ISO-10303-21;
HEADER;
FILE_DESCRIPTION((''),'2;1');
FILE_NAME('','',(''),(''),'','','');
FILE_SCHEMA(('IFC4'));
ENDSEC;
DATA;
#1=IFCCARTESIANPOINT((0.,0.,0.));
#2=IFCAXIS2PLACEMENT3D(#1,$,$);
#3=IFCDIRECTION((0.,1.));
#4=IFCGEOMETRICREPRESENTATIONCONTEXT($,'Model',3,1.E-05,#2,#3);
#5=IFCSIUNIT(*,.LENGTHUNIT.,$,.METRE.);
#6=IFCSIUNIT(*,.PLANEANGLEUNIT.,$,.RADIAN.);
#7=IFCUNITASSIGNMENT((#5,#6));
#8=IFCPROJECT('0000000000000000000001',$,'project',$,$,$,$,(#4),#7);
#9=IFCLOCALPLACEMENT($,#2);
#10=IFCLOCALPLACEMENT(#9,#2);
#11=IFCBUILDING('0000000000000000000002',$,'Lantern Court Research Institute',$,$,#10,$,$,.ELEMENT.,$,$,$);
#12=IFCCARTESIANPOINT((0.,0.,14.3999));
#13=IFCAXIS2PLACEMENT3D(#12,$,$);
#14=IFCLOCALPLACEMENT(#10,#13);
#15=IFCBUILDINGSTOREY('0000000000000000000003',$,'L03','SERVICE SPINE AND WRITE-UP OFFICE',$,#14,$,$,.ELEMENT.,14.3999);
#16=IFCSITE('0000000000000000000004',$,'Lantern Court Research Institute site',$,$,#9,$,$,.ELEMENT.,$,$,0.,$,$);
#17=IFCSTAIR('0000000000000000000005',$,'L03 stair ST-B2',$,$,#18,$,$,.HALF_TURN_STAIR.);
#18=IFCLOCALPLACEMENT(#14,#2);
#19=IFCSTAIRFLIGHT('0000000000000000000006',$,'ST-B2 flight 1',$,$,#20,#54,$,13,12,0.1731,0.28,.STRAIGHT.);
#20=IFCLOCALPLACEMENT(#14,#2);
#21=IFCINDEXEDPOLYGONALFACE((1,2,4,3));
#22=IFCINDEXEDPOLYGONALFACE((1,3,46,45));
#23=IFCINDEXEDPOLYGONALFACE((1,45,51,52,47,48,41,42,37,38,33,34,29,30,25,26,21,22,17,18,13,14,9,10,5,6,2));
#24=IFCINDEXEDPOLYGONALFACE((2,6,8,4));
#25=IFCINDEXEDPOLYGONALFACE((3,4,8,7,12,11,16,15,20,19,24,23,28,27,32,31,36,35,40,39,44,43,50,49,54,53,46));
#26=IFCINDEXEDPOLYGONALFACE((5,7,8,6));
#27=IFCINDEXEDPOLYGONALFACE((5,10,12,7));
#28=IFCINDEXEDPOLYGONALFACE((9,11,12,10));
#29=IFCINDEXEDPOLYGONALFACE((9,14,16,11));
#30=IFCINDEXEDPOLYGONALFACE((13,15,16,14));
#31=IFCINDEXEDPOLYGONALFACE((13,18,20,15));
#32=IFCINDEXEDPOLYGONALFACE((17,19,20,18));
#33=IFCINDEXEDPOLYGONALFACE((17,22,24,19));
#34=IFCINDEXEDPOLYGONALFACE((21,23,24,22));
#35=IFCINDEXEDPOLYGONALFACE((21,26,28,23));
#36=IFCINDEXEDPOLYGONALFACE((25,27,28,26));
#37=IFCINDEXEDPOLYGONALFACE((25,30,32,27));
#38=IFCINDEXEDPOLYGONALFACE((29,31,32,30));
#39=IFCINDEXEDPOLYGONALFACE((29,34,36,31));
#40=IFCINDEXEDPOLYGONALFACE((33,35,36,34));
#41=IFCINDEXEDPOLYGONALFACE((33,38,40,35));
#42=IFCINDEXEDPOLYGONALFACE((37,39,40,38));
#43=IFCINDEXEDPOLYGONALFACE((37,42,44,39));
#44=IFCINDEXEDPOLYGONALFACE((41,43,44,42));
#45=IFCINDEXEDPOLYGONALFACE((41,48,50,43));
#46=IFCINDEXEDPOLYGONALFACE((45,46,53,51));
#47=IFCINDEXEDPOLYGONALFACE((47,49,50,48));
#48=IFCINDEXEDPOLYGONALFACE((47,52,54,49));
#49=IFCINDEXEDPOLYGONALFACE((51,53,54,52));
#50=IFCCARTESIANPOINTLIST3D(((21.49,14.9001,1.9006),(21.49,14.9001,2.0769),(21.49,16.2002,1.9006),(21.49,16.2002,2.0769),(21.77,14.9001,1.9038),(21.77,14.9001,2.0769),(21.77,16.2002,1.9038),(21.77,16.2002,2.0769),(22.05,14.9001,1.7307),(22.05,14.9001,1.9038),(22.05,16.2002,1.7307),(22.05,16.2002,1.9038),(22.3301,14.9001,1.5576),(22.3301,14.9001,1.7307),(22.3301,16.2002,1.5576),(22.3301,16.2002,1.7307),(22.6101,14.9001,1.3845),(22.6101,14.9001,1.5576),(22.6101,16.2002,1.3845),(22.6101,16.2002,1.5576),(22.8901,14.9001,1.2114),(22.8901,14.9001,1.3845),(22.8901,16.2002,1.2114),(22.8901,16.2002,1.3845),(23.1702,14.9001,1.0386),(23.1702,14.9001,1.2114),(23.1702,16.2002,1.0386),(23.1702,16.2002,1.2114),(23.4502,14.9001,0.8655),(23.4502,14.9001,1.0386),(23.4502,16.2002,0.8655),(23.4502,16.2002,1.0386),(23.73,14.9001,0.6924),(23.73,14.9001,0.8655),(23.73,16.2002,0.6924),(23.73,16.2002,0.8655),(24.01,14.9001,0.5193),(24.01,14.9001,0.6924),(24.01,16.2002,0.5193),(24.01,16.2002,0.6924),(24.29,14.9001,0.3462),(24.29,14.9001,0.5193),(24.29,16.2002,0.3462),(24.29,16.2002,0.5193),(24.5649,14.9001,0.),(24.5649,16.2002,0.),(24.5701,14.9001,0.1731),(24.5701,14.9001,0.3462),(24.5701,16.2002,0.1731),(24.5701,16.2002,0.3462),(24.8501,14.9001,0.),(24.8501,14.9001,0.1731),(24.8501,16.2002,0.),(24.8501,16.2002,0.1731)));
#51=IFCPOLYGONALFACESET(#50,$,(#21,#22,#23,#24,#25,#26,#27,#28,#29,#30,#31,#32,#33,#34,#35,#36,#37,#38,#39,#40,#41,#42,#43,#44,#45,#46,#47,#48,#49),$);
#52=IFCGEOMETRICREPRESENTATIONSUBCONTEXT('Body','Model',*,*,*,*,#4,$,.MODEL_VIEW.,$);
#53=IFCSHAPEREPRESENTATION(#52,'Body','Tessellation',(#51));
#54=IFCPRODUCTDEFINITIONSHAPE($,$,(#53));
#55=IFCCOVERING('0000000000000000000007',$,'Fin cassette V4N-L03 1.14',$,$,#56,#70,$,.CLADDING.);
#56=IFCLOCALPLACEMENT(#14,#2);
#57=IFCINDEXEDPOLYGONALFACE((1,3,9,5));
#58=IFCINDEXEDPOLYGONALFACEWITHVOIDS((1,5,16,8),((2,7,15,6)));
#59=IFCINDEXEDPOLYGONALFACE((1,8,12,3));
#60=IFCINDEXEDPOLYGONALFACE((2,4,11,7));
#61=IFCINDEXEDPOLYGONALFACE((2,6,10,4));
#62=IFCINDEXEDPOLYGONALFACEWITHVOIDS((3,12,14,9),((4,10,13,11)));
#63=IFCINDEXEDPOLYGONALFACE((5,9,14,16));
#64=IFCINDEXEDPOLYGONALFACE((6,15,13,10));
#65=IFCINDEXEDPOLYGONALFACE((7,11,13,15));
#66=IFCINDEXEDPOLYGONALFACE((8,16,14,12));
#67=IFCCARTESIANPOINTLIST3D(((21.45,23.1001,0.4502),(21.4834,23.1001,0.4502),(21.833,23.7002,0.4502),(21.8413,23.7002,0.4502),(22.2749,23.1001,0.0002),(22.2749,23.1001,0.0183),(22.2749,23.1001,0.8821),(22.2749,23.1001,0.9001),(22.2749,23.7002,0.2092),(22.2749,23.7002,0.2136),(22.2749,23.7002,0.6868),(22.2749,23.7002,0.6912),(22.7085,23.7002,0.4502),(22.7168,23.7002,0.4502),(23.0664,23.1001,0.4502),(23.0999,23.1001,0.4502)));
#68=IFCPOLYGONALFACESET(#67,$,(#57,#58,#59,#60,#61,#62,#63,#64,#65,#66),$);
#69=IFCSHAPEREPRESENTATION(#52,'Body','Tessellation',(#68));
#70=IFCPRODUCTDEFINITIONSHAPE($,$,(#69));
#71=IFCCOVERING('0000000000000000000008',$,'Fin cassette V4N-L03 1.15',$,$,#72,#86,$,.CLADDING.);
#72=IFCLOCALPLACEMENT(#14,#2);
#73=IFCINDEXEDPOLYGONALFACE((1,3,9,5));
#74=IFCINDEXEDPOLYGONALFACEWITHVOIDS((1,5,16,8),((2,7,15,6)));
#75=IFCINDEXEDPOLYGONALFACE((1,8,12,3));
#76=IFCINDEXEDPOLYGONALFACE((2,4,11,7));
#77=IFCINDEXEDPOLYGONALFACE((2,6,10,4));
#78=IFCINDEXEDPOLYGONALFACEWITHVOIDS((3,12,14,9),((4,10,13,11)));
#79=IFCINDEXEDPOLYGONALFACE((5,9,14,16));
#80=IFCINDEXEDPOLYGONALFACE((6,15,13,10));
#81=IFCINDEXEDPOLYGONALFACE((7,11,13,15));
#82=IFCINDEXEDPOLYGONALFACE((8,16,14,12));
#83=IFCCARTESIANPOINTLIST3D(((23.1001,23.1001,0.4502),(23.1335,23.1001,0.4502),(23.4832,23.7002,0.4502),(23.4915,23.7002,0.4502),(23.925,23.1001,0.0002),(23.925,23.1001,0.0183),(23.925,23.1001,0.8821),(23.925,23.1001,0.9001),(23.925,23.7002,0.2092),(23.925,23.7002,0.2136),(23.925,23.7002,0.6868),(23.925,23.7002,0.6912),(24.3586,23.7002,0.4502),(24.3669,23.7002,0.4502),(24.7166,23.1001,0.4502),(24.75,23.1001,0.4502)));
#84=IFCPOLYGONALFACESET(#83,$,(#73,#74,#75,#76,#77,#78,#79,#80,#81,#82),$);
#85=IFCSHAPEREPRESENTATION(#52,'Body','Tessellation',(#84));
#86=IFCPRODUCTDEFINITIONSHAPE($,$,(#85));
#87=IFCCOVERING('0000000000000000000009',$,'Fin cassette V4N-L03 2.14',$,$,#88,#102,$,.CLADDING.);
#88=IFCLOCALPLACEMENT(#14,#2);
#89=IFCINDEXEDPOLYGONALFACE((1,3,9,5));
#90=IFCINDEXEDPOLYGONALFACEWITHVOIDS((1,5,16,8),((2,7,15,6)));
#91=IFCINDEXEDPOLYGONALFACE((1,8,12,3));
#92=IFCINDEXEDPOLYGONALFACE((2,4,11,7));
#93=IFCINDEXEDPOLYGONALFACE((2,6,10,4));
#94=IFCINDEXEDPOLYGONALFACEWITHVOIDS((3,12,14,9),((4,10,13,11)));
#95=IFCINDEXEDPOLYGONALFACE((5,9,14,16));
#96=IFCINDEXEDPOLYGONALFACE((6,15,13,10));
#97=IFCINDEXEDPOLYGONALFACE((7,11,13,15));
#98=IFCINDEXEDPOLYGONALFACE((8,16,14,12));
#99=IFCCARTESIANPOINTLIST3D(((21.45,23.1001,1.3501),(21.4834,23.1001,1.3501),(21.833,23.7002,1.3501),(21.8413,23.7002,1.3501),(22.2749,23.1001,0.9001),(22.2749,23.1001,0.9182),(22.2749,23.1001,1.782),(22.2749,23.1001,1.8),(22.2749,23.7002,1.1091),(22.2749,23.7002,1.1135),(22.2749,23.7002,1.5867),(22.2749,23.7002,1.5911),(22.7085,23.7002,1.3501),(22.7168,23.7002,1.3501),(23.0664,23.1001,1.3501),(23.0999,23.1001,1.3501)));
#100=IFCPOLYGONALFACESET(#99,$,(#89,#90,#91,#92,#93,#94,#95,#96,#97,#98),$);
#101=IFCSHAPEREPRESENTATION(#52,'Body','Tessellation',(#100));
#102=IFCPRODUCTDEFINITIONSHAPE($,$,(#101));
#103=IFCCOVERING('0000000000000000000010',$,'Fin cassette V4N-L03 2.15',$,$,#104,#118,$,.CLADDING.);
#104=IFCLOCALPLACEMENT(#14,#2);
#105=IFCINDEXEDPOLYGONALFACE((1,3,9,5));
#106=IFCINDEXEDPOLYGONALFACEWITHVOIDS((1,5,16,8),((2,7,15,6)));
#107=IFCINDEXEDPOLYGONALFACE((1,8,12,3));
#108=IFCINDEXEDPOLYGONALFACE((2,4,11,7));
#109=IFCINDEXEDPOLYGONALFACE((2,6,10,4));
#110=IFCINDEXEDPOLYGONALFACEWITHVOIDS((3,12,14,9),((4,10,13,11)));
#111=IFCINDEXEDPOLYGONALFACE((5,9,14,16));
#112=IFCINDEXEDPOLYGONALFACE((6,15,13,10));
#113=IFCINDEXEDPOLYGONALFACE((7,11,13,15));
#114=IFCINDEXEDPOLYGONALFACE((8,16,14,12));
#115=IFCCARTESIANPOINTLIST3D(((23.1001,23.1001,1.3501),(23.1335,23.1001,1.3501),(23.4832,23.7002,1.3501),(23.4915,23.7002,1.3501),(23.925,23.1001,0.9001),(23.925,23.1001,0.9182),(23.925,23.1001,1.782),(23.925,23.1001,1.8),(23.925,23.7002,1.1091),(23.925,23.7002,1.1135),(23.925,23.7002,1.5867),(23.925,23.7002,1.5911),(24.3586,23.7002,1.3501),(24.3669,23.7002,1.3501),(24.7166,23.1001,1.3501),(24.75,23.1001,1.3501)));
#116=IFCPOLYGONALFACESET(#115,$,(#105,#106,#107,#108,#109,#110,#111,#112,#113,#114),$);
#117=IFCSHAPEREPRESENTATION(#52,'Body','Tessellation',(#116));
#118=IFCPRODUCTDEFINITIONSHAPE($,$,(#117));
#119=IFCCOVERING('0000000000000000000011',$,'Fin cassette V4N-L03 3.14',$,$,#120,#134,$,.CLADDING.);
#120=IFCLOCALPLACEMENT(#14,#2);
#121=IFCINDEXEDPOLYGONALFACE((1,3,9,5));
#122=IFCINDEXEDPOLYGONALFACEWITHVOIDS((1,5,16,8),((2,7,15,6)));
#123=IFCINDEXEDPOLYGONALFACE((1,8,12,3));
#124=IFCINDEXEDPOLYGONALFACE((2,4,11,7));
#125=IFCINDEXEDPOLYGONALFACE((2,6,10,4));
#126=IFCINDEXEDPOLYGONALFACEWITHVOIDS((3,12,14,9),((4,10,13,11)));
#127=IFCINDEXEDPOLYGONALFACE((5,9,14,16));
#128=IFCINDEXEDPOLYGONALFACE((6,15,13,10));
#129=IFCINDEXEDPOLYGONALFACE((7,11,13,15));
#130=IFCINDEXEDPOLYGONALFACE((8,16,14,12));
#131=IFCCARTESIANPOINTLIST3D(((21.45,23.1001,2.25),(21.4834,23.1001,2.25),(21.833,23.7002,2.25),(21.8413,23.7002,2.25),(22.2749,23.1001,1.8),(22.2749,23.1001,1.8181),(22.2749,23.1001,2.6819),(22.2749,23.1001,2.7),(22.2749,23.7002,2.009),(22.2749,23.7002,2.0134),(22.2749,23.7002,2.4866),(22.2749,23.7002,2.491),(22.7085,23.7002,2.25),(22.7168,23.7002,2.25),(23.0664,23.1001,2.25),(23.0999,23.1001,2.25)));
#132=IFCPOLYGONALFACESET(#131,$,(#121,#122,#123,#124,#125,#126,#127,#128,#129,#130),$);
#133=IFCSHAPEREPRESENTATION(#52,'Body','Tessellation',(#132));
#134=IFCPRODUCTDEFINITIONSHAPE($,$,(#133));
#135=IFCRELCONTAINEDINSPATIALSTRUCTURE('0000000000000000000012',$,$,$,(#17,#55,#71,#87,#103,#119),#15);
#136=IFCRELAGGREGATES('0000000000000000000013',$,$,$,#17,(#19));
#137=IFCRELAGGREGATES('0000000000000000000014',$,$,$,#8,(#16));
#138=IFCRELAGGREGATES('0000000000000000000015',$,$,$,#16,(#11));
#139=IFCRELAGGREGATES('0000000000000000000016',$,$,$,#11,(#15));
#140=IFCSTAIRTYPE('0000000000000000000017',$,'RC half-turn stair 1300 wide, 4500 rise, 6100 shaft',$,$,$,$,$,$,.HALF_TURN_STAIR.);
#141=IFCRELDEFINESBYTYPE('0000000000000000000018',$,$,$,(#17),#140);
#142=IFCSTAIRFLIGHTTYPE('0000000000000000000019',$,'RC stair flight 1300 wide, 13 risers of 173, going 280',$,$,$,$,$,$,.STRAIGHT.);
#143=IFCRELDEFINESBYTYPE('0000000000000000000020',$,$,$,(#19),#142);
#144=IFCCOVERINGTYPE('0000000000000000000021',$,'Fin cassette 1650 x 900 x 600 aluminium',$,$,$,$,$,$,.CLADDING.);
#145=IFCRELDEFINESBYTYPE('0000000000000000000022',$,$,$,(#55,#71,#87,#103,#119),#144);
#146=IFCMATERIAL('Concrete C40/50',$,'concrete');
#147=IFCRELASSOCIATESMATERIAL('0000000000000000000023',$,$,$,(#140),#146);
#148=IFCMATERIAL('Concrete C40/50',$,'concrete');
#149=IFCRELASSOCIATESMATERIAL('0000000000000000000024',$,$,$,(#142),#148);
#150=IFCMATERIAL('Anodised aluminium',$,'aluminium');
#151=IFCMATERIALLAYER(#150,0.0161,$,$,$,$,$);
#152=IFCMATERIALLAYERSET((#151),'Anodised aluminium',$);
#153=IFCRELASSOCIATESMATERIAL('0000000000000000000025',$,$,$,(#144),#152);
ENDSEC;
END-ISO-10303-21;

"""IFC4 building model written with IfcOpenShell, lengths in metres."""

from ifc_helpers import new_model, entity, si_unit, direction, frame, origin, place, context, subcontext, project, spatial, polyline, outline, extrude, material, layer, layer_set, type_object, element, aggregate, save


model = new_model("IFC4")

# Units and contexts
model_context = context("Model", 3, precision=1e-05, world=origin(), true_north=direction((0.0, 1.0)))
body_context = subcontext(model_context, "Body", "Model", "MODEL_VIEW")
ifc_project = project(units=[si_unit("LENGTHUNIT", "METRE"), si_unit("PLANEANGLEUNIT", "RADIAN")], contexts=[model_context])

# Site, building, storey
site_placement = place(None, origin())
site = spatial("IfcSite", under=ifc_project, at=site_placement, Name="Lantern Court Research Institute site", CompositionType="ELEMENT", RefElevation=0.0)
building_placement = place(site_placement, origin())
building = spatial("IfcBuilding", under=site, at=building_placement, Name="Lantern Court Research Institute", CompositionType="ELEMENT")
storey_placement = place(building_placement, frame((0.0, 0.0, 14.3999)))
storey = spatial("IfcBuildingStorey", under=building, at=storey_placement, Name="L03", Description="SERVICE SPINE AND WRITE-UP OFFICE", CompositionType="ELEMENT", Elevation=14.3999)

# Stair, stair flight
ifc_material_1 = material(Name="Concrete C40/50", Category="concrete")
stair_type = type_object("IfcStairType", Name="RC half-turn stair 1300 wide, 4500 rise, 6100 shaft", PredefinedType="HALF_TURN_STAIR", material=ifc_material_1)
stair_placement = place(storey_placement, origin())
stair = element("IfcStair", 1, at=stair_placement, inside=storey, type_object=stair_type, Name="L03 stair ST-B2", PredefinedType="HALF_TURN_STAIR")
ifc_material_2 = material(Name="Concrete C40/50", Category="concrete")
stair_flight_type = type_object("IfcStairFlightType", Name="RC stair flight 1300 wide, 13 risers of 173, going 280", PredefinedType="STRAIGHT", material=ifc_material_2)
stair_flight_placement = place(storey_placement, frame((24.8501, 15.55, 0.0), z_axis=(0.0, 0.0, 1.0), x_axis=(-1.0, 0.0, 0.0)))
stair_flight = element("IfcStairFlight", 2, at=stair_flight_placement, type_object=stair_flight_type, Name="ST-B2 flight 1", NumberOfRisers=13, NumberOfTreads=12, PredefinedType="STRAIGHT", RiserHeight=0.1731, TreadLength=0.28, context=body_context, shape_type="SweptSolid", body=[
    extrude(outline(polyline([(0.0, 0.0), (0.0, 0.1731), (0.28, 0.1731), (0.28, 0.3462), (0.5601, 0.3462), (0.5601, 0.5193), (0.8401, 0.5193), (0.8401, 0.6924), (1.1201, 0.6924), (1.1201, 0.8655), (1.3999, 0.8655), (1.3999, 1.0386), (1.6799, 1.0386), (1.6799, 1.2114), (1.96, 1.2114), (1.96, 1.3845), (2.24, 1.3845), (2.24, 1.5576), (2.52, 1.5576), (2.52, 1.7307), (2.8, 1.7307), (2.8, 1.9038), (3.0801, 1.9038), (3.0801, 2.0769), (3.3601, 2.0769), (3.3601, 2.25), (3.3601, 1.9006), (0.2852, 0.0), (0.0, 0.0)])), frame((0.0, 0.6499, 0.0), z_axis=(0.0, -1.0, 0.0), x_axis=(1.0, 0.0, 0.0)), (0.0, 0.0, 1.0), 1.3),
])
aggregate(stair, [stair_flight])

# Coverings
ifc_material_3 = material(Name="Anodised aluminium", Category="aluminium")
ifc_layer_1 = layer(ifc_material_3, 0.0161)
ifc_layer_set_1 = layer_set([ifc_layer_1], Name="Anodised aluminium")
covering_type = type_object("IfcCoveringType", Name="Fin cassette 1650 x 900 x 600 aluminium", PredefinedType="CLADDING", material=ifc_layer_set_1)
covering_1_placement = place(storey_placement, frame((22.2749, 23.1001, 0.4502), z_axis=(0.0, 1.0, 0.0), x_axis=(-1.0, 0.0, 0.0)))
cartesian_point_1 = entity("IfcCartesianPoint", [0.825, 0.0])
cartesian_point_2 = entity("IfcCartesianPoint", [0.7915, 0.0])
cartesian_point_3 = entity("IfcCartesianPoint", [0.4419, 0.0])
cartesian_point_4 = entity("IfcCartesianPoint", [0.4336, 0.0])
element("IfcCovering", 3, at=covering_1_placement, inside=storey, type_object=covering_type, Name="Fin cassette V4N-L03 1.14", PredefinedType="CLADDING", context=body_context, shape_type="SweptSolid", body=[
    entity("IfcExtrudedAreaSolidTapered", entity("IfcArbitraryProfileDefWithVoids", "AREA", None, entity("IfcPolyline", [cartesian_point_1, entity("IfcCartesianPoint", [0.0, 0.45]), entity("IfcCartesianPoint", [-0.825, 0.0]), entity("IfcCartesianPoint", [0.0, -0.45]), cartesian_point_1]), [entity("IfcPolyline", [cartesian_point_2, entity("IfcCartesianPoint", [0.0, 0.4319]), entity("IfcCartesianPoint", [-0.7915, 0.0]), entity("IfcCartesianPoint", [0.0, -0.4319]), cartesian_point_2])]), entity("IfcAxis2Placement3D", entity("IfcCartesianPoint", [0.0, 0.0, 0.0])), entity("IfcDirection", [0.0, 0.0, 1.0]), 0.6001, entity("IfcArbitraryProfileDefWithVoids", "AREA", None, entity("IfcPolyline", [cartesian_point_3, entity("IfcCartesianPoint", [0.0, 0.241]), entity("IfcCartesianPoint", [-0.4419, 0.0]), entity("IfcCartesianPoint", [0.0, -0.241]), cartesian_point_3]), [entity("IfcPolyline", [cartesian_point_4, entity("IfcCartesianPoint", [0.0, 0.2366]), entity("IfcCartesianPoint", [-0.4336, 0.0]), entity("IfcCartesianPoint", [0.0, -0.2366]), cartesian_point_4])])),
])
covering_2_placement = place(storey_placement, frame((23.925, 23.1001, 0.4502), z_axis=(0.0, 1.0, 0.0), x_axis=(-1.0, 0.0, 0.0)))
cartesian_point_5 = entity("IfcCartesianPoint", [0.825, 0.0])
cartesian_point_6 = entity("IfcCartesianPoint", [0.7915, 0.0])
cartesian_point_7 = entity("IfcCartesianPoint", [0.4419, 0.0])
cartesian_point_8 = entity("IfcCartesianPoint", [0.4336, 0.0])
element("IfcCovering", 4, at=covering_2_placement, inside=storey, type_object=covering_type, Name="Fin cassette V4N-L03 1.15", PredefinedType="CLADDING", context=body_context, shape_type="SweptSolid", body=[
    entity("IfcExtrudedAreaSolidTapered", entity("IfcArbitraryProfileDefWithVoids", "AREA", None, entity("IfcPolyline", [cartesian_point_5, entity("IfcCartesianPoint", [0.0, 0.45]), entity("IfcCartesianPoint", [-0.825, 0.0]), entity("IfcCartesianPoint", [0.0, -0.45]), cartesian_point_5]), [entity("IfcPolyline", [cartesian_point_6, entity("IfcCartesianPoint", [0.0, 0.4319]), entity("IfcCartesianPoint", [-0.7915, 0.0]), entity("IfcCartesianPoint", [0.0, -0.4319]), cartesian_point_6])]), entity("IfcAxis2Placement3D", entity("IfcCartesianPoint", [0.0, 0.0, 0.0])), entity("IfcDirection", [0.0, 0.0, 1.0]), 0.6001, entity("IfcArbitraryProfileDefWithVoids", "AREA", None, entity("IfcPolyline", [cartesian_point_7, entity("IfcCartesianPoint", [0.0, 0.241]), entity("IfcCartesianPoint", [-0.4419, 0.0]), entity("IfcCartesianPoint", [0.0, -0.241]), cartesian_point_7]), [entity("IfcPolyline", [cartesian_point_8, entity("IfcCartesianPoint", [0.0, 0.2366]), entity("IfcCartesianPoint", [-0.4336, 0.0]), entity("IfcCartesianPoint", [0.0, -0.2366]), cartesian_point_8])])),
])
covering_3_placement = place(storey_placement, frame((22.2749, 23.1001, 1.3501), z_axis=(0.0, 1.0, 0.0), x_axis=(-1.0, 0.0, 0.0)))
cartesian_point_9 = entity("IfcCartesianPoint", [0.825, 0.0])
cartesian_point_10 = entity("IfcCartesianPoint", [0.7915, 0.0])
cartesian_point_11 = entity("IfcCartesianPoint", [0.4419, 0.0])
cartesian_point_12 = entity("IfcCartesianPoint", [0.4336, 0.0])
element("IfcCovering", 5, at=covering_3_placement, inside=storey, type_object=covering_type, Name="Fin cassette V4N-L03 2.14", PredefinedType="CLADDING", context=body_context, shape_type="SweptSolid", body=[
    entity("IfcExtrudedAreaSolidTapered", entity("IfcArbitraryProfileDefWithVoids", "AREA", None, entity("IfcPolyline", [cartesian_point_9, entity("IfcCartesianPoint", [0.0, 0.45]), entity("IfcCartesianPoint", [-0.825, 0.0]), entity("IfcCartesianPoint", [0.0, -0.45]), cartesian_point_9]), [entity("IfcPolyline", [cartesian_point_10, entity("IfcCartesianPoint", [0.0, 0.4319]), entity("IfcCartesianPoint", [-0.7915, 0.0]), entity("IfcCartesianPoint", [0.0, -0.4319]), cartesian_point_10])]), entity("IfcAxis2Placement3D", entity("IfcCartesianPoint", [0.0, 0.0, 0.0])), entity("IfcDirection", [0.0, 0.0, 1.0]), 0.6001, entity("IfcArbitraryProfileDefWithVoids", "AREA", None, entity("IfcPolyline", [cartesian_point_11, entity("IfcCartesianPoint", [0.0, 0.241]), entity("IfcCartesianPoint", [-0.4419, 0.0]), entity("IfcCartesianPoint", [0.0, -0.241]), cartesian_point_11]), [entity("IfcPolyline", [cartesian_point_12, entity("IfcCartesianPoint", [0.0, 0.2366]), entity("IfcCartesianPoint", [-0.4336, 0.0]), entity("IfcCartesianPoint", [0.0, -0.2366]), cartesian_point_12])])),
])
covering_4_placement = place(storey_placement, frame((23.925, 23.1001, 1.3501), z_axis=(0.0, 1.0, 0.0), x_axis=(-1.0, 0.0, 0.0)))
cartesian_point_13 = entity("IfcCartesianPoint", [0.825, 0.0])
cartesian_point_14 = entity("IfcCartesianPoint", [0.7915, 0.0])
cartesian_point_15 = entity("IfcCartesianPoint", [0.4419, 0.0])
cartesian_point_16 = entity("IfcCartesianPoint", [0.4336, 0.0])
element("IfcCovering", 6, at=covering_4_placement, inside=storey, type_object=covering_type, Name="Fin cassette V4N-L03 2.15", PredefinedType="CLADDING", context=body_context, shape_type="SweptSolid", body=[
    entity("IfcExtrudedAreaSolidTapered", entity("IfcArbitraryProfileDefWithVoids", "AREA", None, entity("IfcPolyline", [cartesian_point_13, entity("IfcCartesianPoint", [0.0, 0.45]), entity("IfcCartesianPoint", [-0.825, 0.0]), entity("IfcCartesianPoint", [0.0, -0.45]), cartesian_point_13]), [entity("IfcPolyline", [cartesian_point_14, entity("IfcCartesianPoint", [0.0, 0.4319]), entity("IfcCartesianPoint", [-0.7915, 0.0]), entity("IfcCartesianPoint", [0.0, -0.4319]), cartesian_point_14])]), entity("IfcAxis2Placement3D", entity("IfcCartesianPoint", [0.0, 0.0, 0.0])), entity("IfcDirection", [0.0, 0.0, 1.0]), 0.6001, entity("IfcArbitraryProfileDefWithVoids", "AREA", None, entity("IfcPolyline", [cartesian_point_15, entity("IfcCartesianPoint", [0.0, 0.241]), entity("IfcCartesianPoint", [-0.4419, 0.0]), entity("IfcCartesianPoint", [0.0, -0.241]), cartesian_point_15]), [entity("IfcPolyline", [cartesian_point_16, entity("IfcCartesianPoint", [0.0, 0.2366]), entity("IfcCartesianPoint", [-0.4336, 0.0]), entity("IfcCartesianPoint", [0.0, -0.2366]), cartesian_point_16])])),
])
covering_5_placement = place(storey_placement, frame((22.2749, 23.1001, 2.25), z_axis=(0.0, 1.0, 0.0), x_axis=(-1.0, 0.0, 0.0)))
cartesian_point_17 = entity("IfcCartesianPoint", [0.825, 0.0])
cartesian_point_18 = entity("IfcCartesianPoint", [0.7915, 0.0])
cartesian_point_19 = entity("IfcCartesianPoint", [0.4419, 0.0])
cartesian_point_20 = entity("IfcCartesianPoint", [0.4336, 0.0])
element("IfcCovering", 7, at=covering_5_placement, inside=storey, type_object=covering_type, Name="Fin cassette V4N-L03 3.14", PredefinedType="CLADDING", context=body_context, shape_type="SweptSolid", body=[
    entity("IfcExtrudedAreaSolidTapered", entity("IfcArbitraryProfileDefWithVoids", "AREA", None, entity("IfcPolyline", [cartesian_point_17, entity("IfcCartesianPoint", [0.0, 0.45]), entity("IfcCartesianPoint", [-0.825, 0.0]), entity("IfcCartesianPoint", [0.0, -0.45]), cartesian_point_17]), [entity("IfcPolyline", [cartesian_point_18, entity("IfcCartesianPoint", [0.0, 0.4319]), entity("IfcCartesianPoint", [-0.7915, 0.0]), entity("IfcCartesianPoint", [0.0, -0.4319]), cartesian_point_18])]), entity("IfcAxis2Placement3D", entity("IfcCartesianPoint", [0.0, 0.0, 0.0])), entity("IfcDirection", [0.0, 0.0, 1.0]), 0.6001, entity("IfcArbitraryProfileDefWithVoids", "AREA", None, entity("IfcPolyline", [cartesian_point_19, entity("IfcCartesianPoint", [0.0, 0.241]), entity("IfcCartesianPoint", [-0.4419, 0.0]), entity("IfcCartesianPoint", [0.0, -0.241]), cartesian_point_19]), [entity("IfcPolyline", [cartesian_point_20, entity("IfcCartesianPoint", [0.0, 0.2366]), entity("IfcCartesianPoint", [-0.4336, 0.0]), entity("IfcCartesianPoint", [0.0, -0.2366]), cartesian_point_20])])),
])

save(model, "model.ifc")
